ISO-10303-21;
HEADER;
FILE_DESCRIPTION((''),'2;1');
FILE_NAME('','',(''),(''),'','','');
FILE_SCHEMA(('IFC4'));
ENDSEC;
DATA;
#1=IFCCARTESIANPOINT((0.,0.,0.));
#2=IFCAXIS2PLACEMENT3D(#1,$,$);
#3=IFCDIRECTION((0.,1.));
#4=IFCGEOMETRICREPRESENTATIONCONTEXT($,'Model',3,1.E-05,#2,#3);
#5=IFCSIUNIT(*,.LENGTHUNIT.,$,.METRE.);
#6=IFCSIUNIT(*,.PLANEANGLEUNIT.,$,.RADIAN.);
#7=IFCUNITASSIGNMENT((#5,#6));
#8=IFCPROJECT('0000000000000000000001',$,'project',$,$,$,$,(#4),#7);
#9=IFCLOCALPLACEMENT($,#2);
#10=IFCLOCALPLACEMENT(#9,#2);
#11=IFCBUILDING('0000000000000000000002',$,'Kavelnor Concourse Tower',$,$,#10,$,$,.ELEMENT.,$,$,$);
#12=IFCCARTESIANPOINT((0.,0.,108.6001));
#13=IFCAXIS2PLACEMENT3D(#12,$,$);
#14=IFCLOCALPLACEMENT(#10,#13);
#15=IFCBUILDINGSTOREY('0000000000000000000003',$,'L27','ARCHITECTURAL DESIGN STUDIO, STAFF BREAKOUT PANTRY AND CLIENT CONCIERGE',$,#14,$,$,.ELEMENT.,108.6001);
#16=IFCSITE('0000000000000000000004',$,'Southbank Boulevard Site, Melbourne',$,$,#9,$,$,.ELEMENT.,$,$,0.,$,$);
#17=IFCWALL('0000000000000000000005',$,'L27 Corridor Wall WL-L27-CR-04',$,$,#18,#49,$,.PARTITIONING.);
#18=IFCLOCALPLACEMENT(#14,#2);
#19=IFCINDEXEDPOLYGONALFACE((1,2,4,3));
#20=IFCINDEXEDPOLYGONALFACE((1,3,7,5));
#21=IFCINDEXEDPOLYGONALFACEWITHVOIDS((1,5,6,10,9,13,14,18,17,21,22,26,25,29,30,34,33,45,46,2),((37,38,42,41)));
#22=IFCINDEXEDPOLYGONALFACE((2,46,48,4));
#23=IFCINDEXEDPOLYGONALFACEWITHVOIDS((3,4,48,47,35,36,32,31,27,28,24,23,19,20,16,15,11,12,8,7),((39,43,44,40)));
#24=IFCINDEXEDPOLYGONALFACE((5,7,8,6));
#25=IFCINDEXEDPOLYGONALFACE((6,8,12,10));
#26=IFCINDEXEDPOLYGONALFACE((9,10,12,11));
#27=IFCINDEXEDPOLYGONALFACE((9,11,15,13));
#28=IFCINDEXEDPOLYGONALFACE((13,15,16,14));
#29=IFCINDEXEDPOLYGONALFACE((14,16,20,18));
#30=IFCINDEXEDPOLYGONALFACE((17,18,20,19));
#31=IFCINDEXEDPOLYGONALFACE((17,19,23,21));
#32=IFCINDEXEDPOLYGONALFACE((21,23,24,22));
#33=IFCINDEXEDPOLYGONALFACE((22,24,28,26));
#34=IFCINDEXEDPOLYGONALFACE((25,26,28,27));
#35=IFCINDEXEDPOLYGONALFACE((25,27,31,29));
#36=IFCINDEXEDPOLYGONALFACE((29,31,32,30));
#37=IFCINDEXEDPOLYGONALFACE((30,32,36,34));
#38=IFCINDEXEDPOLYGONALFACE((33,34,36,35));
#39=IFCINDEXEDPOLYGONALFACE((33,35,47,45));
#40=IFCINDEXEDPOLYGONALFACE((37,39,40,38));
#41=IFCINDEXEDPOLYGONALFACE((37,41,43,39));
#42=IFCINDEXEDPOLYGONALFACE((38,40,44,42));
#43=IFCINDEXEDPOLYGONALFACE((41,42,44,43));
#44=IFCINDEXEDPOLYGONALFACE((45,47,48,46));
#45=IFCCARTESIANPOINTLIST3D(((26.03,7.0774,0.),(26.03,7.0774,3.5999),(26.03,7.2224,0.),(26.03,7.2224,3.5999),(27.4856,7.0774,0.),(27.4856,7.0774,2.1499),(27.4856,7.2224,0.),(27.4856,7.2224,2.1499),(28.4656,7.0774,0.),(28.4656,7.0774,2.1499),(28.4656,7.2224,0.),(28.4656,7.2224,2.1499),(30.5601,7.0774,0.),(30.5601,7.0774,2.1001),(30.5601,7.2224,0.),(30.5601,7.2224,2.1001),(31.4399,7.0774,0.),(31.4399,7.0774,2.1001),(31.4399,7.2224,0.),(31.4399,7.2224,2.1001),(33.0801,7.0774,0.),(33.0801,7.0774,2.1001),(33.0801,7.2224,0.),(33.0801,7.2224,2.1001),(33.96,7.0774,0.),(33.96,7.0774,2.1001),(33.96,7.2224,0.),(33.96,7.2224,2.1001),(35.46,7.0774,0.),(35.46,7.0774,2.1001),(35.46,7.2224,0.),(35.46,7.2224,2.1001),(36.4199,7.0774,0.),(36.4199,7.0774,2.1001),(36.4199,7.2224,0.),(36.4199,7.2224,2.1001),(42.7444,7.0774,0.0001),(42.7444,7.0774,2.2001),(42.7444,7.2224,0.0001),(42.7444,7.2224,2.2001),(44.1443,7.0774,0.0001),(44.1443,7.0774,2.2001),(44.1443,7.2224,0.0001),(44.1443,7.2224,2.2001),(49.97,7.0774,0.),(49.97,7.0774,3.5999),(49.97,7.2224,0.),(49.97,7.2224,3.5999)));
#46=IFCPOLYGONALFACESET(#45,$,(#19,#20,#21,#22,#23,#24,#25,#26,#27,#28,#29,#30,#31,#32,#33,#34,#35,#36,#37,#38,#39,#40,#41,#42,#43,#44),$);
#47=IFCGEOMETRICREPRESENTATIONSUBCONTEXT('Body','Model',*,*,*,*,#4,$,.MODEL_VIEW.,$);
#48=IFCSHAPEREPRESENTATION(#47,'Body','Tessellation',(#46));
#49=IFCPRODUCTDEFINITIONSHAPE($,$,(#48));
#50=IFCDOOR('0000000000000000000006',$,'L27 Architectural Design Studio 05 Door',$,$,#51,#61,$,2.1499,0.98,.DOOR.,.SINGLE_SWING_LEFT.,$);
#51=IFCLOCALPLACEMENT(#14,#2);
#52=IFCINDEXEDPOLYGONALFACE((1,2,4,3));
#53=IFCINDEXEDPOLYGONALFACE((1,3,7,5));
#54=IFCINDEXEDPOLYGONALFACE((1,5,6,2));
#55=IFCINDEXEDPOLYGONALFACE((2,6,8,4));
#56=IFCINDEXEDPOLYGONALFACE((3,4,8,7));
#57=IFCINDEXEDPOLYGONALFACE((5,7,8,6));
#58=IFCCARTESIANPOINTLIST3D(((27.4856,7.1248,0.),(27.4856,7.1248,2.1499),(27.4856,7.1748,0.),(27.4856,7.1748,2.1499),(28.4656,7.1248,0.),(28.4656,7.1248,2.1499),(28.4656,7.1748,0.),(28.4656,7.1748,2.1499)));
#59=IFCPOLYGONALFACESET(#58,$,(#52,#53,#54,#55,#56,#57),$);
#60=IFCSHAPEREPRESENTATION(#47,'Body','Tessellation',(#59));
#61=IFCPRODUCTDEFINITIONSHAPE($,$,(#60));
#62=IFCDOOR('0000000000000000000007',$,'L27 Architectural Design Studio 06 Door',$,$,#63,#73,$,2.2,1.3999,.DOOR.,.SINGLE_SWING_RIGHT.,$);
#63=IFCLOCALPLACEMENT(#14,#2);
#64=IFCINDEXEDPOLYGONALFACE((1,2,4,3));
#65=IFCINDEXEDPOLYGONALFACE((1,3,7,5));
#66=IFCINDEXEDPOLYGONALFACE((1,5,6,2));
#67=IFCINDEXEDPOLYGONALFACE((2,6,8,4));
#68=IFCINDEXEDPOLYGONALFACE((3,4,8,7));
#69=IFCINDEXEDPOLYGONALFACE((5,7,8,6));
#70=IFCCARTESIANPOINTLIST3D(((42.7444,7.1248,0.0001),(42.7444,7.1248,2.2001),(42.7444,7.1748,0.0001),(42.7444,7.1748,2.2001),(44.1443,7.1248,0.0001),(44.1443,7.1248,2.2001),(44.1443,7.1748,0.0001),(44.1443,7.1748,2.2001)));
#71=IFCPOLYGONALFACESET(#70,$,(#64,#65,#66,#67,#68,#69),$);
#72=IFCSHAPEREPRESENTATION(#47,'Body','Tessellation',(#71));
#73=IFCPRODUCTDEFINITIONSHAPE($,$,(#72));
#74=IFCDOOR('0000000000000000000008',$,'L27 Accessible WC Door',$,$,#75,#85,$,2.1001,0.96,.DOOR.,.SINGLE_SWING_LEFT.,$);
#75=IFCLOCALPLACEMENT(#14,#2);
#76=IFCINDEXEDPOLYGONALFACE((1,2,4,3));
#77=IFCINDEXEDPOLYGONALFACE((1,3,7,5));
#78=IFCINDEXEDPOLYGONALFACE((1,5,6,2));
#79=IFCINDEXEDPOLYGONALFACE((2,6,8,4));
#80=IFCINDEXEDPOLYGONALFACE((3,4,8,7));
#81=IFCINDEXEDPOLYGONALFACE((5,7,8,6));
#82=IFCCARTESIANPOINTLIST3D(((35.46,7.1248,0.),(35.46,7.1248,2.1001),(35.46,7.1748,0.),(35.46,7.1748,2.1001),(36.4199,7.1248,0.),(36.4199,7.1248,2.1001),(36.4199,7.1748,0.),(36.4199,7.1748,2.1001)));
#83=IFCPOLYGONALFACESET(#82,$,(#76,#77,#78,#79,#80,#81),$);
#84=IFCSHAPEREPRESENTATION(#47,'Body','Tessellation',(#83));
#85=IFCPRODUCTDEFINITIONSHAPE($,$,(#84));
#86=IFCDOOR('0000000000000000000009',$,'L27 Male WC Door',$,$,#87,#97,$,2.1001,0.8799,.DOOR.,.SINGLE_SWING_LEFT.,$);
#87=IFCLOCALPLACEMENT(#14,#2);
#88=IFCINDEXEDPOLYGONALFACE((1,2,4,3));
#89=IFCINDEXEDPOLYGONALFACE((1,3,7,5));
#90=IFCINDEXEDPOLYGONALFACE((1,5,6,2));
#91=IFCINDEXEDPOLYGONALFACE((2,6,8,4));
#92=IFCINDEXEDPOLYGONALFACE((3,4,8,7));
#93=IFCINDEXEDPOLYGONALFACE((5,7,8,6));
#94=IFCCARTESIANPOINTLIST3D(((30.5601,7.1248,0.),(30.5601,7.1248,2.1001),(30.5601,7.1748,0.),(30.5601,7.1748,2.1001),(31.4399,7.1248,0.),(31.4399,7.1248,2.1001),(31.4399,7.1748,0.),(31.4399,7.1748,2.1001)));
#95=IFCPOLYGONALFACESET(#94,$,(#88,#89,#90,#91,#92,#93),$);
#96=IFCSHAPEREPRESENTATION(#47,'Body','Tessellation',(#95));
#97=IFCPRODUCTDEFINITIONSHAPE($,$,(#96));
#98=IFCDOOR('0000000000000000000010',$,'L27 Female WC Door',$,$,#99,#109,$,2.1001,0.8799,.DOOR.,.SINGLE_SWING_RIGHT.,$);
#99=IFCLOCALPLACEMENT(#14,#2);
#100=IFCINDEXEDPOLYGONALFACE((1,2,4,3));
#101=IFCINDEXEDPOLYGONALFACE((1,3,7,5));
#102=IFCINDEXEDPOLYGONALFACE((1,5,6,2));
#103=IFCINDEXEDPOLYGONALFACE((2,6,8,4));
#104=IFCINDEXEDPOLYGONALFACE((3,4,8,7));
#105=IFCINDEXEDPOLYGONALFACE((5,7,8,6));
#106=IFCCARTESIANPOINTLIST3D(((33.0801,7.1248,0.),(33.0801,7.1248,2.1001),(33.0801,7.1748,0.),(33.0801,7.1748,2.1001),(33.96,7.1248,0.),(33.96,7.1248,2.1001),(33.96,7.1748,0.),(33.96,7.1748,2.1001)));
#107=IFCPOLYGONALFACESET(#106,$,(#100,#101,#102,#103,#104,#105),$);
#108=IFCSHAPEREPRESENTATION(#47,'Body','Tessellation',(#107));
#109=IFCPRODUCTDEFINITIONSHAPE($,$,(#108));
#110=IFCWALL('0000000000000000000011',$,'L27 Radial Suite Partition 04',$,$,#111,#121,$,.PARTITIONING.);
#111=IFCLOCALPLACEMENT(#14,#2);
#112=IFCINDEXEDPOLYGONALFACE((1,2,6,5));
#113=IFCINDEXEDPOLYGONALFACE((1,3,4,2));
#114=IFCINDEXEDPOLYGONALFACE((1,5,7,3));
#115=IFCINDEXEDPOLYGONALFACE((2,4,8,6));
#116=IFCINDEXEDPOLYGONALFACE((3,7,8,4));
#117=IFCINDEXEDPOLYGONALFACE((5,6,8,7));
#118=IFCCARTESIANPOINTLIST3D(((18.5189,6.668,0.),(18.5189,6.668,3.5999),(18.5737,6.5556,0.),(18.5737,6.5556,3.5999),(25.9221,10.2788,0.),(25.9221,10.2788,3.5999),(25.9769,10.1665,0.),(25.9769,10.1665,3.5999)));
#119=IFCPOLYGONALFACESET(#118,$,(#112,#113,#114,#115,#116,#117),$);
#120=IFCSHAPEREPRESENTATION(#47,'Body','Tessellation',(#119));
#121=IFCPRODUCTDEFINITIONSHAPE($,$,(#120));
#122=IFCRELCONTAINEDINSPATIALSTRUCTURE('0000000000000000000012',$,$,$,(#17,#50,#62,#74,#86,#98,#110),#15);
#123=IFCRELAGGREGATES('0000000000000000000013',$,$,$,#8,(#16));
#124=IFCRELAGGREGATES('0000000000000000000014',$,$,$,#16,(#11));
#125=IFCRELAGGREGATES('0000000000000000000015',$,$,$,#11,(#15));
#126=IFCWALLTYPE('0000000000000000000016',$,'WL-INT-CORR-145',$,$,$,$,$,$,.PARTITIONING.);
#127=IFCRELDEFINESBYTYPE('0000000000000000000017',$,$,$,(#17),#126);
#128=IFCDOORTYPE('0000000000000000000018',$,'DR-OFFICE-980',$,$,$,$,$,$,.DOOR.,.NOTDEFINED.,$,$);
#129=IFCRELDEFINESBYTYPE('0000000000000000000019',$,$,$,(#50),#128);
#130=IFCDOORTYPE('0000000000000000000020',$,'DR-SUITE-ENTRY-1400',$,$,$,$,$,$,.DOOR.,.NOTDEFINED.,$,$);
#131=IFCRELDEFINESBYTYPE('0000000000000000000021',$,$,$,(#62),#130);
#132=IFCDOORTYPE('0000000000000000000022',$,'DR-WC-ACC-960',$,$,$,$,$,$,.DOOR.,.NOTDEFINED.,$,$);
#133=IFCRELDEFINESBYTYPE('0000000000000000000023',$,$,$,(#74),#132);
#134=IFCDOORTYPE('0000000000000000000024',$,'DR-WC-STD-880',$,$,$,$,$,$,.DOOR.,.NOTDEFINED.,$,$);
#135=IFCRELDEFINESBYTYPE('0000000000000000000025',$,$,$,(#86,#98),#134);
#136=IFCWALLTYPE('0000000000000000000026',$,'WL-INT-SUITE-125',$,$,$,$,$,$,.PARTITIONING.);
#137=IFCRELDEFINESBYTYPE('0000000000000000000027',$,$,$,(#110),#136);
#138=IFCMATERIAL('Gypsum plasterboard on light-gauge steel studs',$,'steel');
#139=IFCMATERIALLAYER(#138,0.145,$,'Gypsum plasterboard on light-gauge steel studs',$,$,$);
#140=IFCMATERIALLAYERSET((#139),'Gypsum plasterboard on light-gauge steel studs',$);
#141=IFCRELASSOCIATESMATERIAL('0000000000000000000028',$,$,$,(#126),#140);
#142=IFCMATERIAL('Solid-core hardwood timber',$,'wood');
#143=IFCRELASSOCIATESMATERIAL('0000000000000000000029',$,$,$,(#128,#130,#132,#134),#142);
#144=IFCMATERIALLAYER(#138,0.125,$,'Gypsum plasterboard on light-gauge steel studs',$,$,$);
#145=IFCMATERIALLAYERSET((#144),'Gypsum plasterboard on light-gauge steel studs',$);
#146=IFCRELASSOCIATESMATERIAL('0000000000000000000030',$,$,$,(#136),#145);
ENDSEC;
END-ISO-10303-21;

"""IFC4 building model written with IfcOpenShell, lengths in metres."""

from ifc_helpers import new_model, si_unit, direction, frame, frame_2d, origin, place, context, subcontext, project, spatial, rectangle, extrude, material, layer, layer_set, type_object, element, fill, save


model = new_model("IFC4")

# Units and contexts
model_context = context("Model", 3, precision=1e-05, world=origin(), true_north=direction((0.0, 1.0)))
body_context = subcontext(model_context, "Body", "Model", "MODEL_VIEW")
ifc_project = project(units=[si_unit("LENGTHUNIT", "METRE"), si_unit("PLANEANGLEUNIT", "RADIAN")], contexts=[model_context])

# Site, building, storey
site_placement = place(None, origin())
site = spatial("IfcSite", under=ifc_project, at=site_placement, Name="Southbank Boulevard Site, Melbourne", CompositionType="ELEMENT", RefElevation=0.0)
building_placement = place(site_placement, origin())
building = spatial("IfcBuilding", under=site, at=building_placement, Name="Kavelnor Concourse Tower", CompositionType="ELEMENT")
storey_placement = place(building_placement, frame((0.0, 0.0, 108.6001)))
storey = spatial("IfcBuildingStorey", under=building, at=storey_placement, Name="L27", Description="ARCHITECTURAL DESIGN STUDIO, STAFF BREAKOUT PANTRY AND CLIENT CONCIERGE", CompositionType="ELEMENT", Elevation=108.6001)

# Wall, openings, doors
ifc_material_1 = material(Name="Gypsum plasterboard on light-gauge steel studs", Category="steel")
ifc_layer_1 = layer(ifc_material_1, 0.145, Name="Gypsum plasterboard on light-gauge steel studs")
ifc_layer_set_1 = layer_set([ifc_layer_1], Name="Gypsum plasterboard on light-gauge steel studs")
wall_type_1 = type_object("IfcWallType", Name="WL-INT-CORR-145", PredefinedType="PARTITIONING", material=ifc_layer_set_1)
wall_1_placement = place(storey_placement, frame((26.03, 7.1499, 0.0), z_axis=(0.0, 0.0, 1.0), x_axis=(1.0, 0.0, 0.0)))
wall_1 = element("IfcWall", 1, at=wall_1_placement, inside=storey, type_object=wall_type_1, Name="L27 Corridor Wall WL-L27-CR-04", PredefinedType="PARTITIONING", context=body_context, shape_type="SweptSolid", body=[
    extrude(rectangle(XDim=23.9399, YDim=0.145, at=frame_2d((11.97, 0.0))), origin(), (0.0, 0.0, 1.0), 3.5999),
])
opening_1_placement = place(wall_1_placement, frame((4.53, 0.0, 0.0)))
opening_1 = element("IfcOpeningElement", 2, at=opening_1_placement, cuts=wall_1, PredefinedType="OPENING", context=body_context, shape_type="SweptSolid", body=[
    extrude(rectangle(XDim=0.8799, YDim=2.1001, at=frame_2d((0.4399, 1.05))), frame((0.0, 0.0825, 0.0), z_axis=(0.0, -1.0, 0.0), x_axis=(1.0, 0.0, 0.0)), (0.0, 0.0, 1.0), 0.165),
])
opening_2_placement = place(wall_1_placement, frame((7.05, 0.0, 0.0)))
opening_2 = element("IfcOpeningElement", 3, at=opening_2_placement, cuts=wall_1, PredefinedType="OPENING", context=body_context, shape_type="SweptSolid", body=[
    extrude(rectangle(XDim=0.8799, YDim=2.1001, at=frame_2d((0.4399, 1.05))), frame((0.0, 0.0825, 0.0), z_axis=(0.0, -1.0, 0.0), x_axis=(1.0, 0.0, 0.0)), (0.0, 0.0, 1.0), 0.165),
])
opening_3_placement = place(wall_1_placement, frame((9.4299, 0.0, 0.0)))
opening_3 = element("IfcOpeningElement", 4, at=opening_3_placement, cuts=wall_1, PredefinedType="OPENING", context=body_context, shape_type="SweptSolid", body=[
    extrude(rectangle(XDim=0.96, YDim=2.1001, at=frame_2d((0.48, 1.05))), frame((0.0, 0.0825, 0.0), z_axis=(0.0, -1.0, 0.0), x_axis=(1.0, 0.0, 0.0)), (0.0, 0.0, 1.0), 0.165),
])
opening_4_placement = place(wall_1_placement, frame((1.4556, 0.0, 0.0)))
opening_4 = element("IfcOpeningElement", 5, at=opening_4_placement, cuts=wall_1, PredefinedType="OPENING", context=body_context, shape_type="SweptSolid", body=[
    extrude(rectangle(XDim=0.98, YDim=2.1499, at=frame_2d((0.49, 1.075))), frame((0.0, 0.0825, 0.0), z_axis=(0.0, -1.0, 0.0), x_axis=(1.0, 0.0, 0.0)), (0.0, 0.0, 1.0), 0.165),
])
opening_5_placement = place(wall_1_placement, frame((16.7144, 0.0, 0.0)))
opening_5 = element("IfcOpeningElement", 6, at=opening_5_placement, cuts=wall_1, PredefinedType="OPENING", context=body_context, shape_type="SweptSolid", body=[
    extrude(rectangle(XDim=1.3999, YDim=2.2, at=frame_2d((0.7, 1.1001))), frame((0.0, 0.0825, 0.0), z_axis=(0.0, -1.0, 0.0), x_axis=(1.0, 0.0, 0.0)), (0.0, 0.0, 1.0), 0.165),
])
ifc_material_2 = material(Name="Solid-core hardwood timber", Category="wood")
door_type_1 = type_object("IfcDoorType", Name="DR-OFFICE-980", OperationType="NOTDEFINED", PredefinedType="DOOR", material=ifc_material_2)
door_1_placement = place(opening_4_placement, origin())
door_1 = element("IfcDoor", 7, at=door_1_placement, inside=storey, type_object=door_type_1, Name="L27 Architectural Design Studio 05 Door", OperationType="SINGLE_SWING_LEFT", OverallHeight=2.1499, OverallWidth=0.98, PredefinedType="DOOR", context=body_context, shape_type="SweptSolid", body=[
    extrude(rectangle(XDim=0.98, YDim=2.1499, at=frame_2d((0.49, 1.075))), frame((0.0, 0.0249, 0.0), z_axis=(0.0, -1.0, 0.0), x_axis=(1.0, 0.0, 0.0)), (0.0, 0.0, 1.0), 0.05),
])
fill(opening_4, door_1)
door_type_2 = type_object("IfcDoorType", Name="DR-SUITE-ENTRY-1400", OperationType="NOTDEFINED", PredefinedType="DOOR", material=ifc_material_2)
door_2_placement = place(opening_5_placement, origin())
door_2 = element("IfcDoor", 8, at=door_2_placement, inside=storey, type_object=door_type_2, Name="L27 Architectural Design Studio 06 Door", OperationType="SINGLE_SWING_RIGHT", OverallHeight=2.2, OverallWidth=1.3999, PredefinedType="DOOR", context=body_context, shape_type="SweptSolid", body=[
    extrude(rectangle(XDim=1.3999, YDim=2.2, at=frame_2d((0.7, 1.1001))), frame((0.0, 0.0249, 0.0), z_axis=(0.0, -1.0, 0.0), x_axis=(1.0, 0.0, 0.0)), (0.0, 0.0, 1.0), 0.05),
])
fill(opening_5, door_2)
door_type_3 = type_object("IfcDoorType", Name="DR-WC-ACC-960", OperationType="NOTDEFINED", PredefinedType="DOOR", material=ifc_material_2)
door_3_placement = place(opening_3_placement, origin())
door_3 = element("IfcDoor", 9, at=door_3_placement, inside=storey, type_object=door_type_3, Name="L27 Accessible WC Door", OperationType="SINGLE_SWING_LEFT", OverallHeight=2.1001, OverallWidth=0.96, PredefinedType="DOOR", context=body_context, shape_type="SweptSolid", body=[
    extrude(rectangle(XDim=0.96, YDim=2.1001, at=frame_2d((0.48, 1.05))), frame((0.0, 0.0249, 0.0), z_axis=(0.0, -1.0, 0.0), x_axis=(1.0, 0.0, 0.0)), (0.0, 0.0, 1.0), 0.05),
])
fill(opening_3, door_3)
door_type_4 = type_object("IfcDoorType", Name="DR-WC-STD-880", OperationType="NOTDEFINED", PredefinedType="DOOR", material=ifc_material_2)
door_4_placement = place(opening_1_placement, origin())
door_4 = element("IfcDoor", 10, at=door_4_placement, inside=storey, type_object=door_type_4, Name="L27 Male WC Door", OperationType="SINGLE_SWING_LEFT", OverallHeight=2.1001, OverallWidth=0.8799, PredefinedType="DOOR", context=body_context, shape_type="SweptSolid", body=[
    extrude(rectangle(XDim=0.8799, YDim=2.1001, at=frame_2d((0.4399, 1.05))), frame((0.0, 0.0249, 0.0), z_axis=(0.0, -1.0, 0.0), x_axis=(1.0, 0.0, 0.0)), (0.0, 0.0, 1.0), 0.05),
])
fill(opening_1, door_4)
door_5_placement = place(opening_2_placement, origin())
door_5 = element("IfcDoor", 11, at=door_5_placement, inside=storey, type_object=door_type_4, Name="L27 Female WC Door", OperationType="SINGLE_SWING_RIGHT", OverallHeight=2.1001, OverallWidth=0.8799, PredefinedType="DOOR", context=body_context, shape_type="SweptSolid", body=[
    extrude(rectangle(XDim=0.8799, YDim=2.1001, at=frame_2d((0.4399, 1.05))), frame((0.0, 0.0249, 0.0), z_axis=(0.0, -1.0, 0.0), x_axis=(1.0, 0.0, 0.0)), (0.0, 0.0, 1.0), 0.05),
])
fill(opening_2, door_5)

# Wall
ifc_layer_2 = layer(ifc_material_1, 0.125, Name="Gypsum plasterboard on light-gauge steel studs")
ifc_layer_set_2 = layer_set([ifc_layer_2], Name="Gypsum plasterboard on light-gauge steel studs")
wall_type_2 = type_object("IfcWallType", Name="WL-INT-SUITE-125", PredefinedType="PARTITIONING", material=ifc_layer_set_2)
wall_2_placement = place(storey_placement, frame((25.9495, 10.2227, 0.0), z_axis=(0.0, 0.0, 1.0), x_axis=(-0.898788, -0.438383, 0.0)))
element("IfcWall", 12, at=wall_2_placement, inside=storey, type_object=wall_type_2, Name="L27 Radial Suite Partition 04", PredefinedType="PARTITIONING", context=body_context, shape_type="SweptSolid", body=[
    extrude(rectangle(XDim=8.2368, YDim=0.125, at=frame_2d((4.1184, 0.0))), origin(), (0.0, 0.0, 1.0), 3.5999),
])

save(model, "model.ifc")
